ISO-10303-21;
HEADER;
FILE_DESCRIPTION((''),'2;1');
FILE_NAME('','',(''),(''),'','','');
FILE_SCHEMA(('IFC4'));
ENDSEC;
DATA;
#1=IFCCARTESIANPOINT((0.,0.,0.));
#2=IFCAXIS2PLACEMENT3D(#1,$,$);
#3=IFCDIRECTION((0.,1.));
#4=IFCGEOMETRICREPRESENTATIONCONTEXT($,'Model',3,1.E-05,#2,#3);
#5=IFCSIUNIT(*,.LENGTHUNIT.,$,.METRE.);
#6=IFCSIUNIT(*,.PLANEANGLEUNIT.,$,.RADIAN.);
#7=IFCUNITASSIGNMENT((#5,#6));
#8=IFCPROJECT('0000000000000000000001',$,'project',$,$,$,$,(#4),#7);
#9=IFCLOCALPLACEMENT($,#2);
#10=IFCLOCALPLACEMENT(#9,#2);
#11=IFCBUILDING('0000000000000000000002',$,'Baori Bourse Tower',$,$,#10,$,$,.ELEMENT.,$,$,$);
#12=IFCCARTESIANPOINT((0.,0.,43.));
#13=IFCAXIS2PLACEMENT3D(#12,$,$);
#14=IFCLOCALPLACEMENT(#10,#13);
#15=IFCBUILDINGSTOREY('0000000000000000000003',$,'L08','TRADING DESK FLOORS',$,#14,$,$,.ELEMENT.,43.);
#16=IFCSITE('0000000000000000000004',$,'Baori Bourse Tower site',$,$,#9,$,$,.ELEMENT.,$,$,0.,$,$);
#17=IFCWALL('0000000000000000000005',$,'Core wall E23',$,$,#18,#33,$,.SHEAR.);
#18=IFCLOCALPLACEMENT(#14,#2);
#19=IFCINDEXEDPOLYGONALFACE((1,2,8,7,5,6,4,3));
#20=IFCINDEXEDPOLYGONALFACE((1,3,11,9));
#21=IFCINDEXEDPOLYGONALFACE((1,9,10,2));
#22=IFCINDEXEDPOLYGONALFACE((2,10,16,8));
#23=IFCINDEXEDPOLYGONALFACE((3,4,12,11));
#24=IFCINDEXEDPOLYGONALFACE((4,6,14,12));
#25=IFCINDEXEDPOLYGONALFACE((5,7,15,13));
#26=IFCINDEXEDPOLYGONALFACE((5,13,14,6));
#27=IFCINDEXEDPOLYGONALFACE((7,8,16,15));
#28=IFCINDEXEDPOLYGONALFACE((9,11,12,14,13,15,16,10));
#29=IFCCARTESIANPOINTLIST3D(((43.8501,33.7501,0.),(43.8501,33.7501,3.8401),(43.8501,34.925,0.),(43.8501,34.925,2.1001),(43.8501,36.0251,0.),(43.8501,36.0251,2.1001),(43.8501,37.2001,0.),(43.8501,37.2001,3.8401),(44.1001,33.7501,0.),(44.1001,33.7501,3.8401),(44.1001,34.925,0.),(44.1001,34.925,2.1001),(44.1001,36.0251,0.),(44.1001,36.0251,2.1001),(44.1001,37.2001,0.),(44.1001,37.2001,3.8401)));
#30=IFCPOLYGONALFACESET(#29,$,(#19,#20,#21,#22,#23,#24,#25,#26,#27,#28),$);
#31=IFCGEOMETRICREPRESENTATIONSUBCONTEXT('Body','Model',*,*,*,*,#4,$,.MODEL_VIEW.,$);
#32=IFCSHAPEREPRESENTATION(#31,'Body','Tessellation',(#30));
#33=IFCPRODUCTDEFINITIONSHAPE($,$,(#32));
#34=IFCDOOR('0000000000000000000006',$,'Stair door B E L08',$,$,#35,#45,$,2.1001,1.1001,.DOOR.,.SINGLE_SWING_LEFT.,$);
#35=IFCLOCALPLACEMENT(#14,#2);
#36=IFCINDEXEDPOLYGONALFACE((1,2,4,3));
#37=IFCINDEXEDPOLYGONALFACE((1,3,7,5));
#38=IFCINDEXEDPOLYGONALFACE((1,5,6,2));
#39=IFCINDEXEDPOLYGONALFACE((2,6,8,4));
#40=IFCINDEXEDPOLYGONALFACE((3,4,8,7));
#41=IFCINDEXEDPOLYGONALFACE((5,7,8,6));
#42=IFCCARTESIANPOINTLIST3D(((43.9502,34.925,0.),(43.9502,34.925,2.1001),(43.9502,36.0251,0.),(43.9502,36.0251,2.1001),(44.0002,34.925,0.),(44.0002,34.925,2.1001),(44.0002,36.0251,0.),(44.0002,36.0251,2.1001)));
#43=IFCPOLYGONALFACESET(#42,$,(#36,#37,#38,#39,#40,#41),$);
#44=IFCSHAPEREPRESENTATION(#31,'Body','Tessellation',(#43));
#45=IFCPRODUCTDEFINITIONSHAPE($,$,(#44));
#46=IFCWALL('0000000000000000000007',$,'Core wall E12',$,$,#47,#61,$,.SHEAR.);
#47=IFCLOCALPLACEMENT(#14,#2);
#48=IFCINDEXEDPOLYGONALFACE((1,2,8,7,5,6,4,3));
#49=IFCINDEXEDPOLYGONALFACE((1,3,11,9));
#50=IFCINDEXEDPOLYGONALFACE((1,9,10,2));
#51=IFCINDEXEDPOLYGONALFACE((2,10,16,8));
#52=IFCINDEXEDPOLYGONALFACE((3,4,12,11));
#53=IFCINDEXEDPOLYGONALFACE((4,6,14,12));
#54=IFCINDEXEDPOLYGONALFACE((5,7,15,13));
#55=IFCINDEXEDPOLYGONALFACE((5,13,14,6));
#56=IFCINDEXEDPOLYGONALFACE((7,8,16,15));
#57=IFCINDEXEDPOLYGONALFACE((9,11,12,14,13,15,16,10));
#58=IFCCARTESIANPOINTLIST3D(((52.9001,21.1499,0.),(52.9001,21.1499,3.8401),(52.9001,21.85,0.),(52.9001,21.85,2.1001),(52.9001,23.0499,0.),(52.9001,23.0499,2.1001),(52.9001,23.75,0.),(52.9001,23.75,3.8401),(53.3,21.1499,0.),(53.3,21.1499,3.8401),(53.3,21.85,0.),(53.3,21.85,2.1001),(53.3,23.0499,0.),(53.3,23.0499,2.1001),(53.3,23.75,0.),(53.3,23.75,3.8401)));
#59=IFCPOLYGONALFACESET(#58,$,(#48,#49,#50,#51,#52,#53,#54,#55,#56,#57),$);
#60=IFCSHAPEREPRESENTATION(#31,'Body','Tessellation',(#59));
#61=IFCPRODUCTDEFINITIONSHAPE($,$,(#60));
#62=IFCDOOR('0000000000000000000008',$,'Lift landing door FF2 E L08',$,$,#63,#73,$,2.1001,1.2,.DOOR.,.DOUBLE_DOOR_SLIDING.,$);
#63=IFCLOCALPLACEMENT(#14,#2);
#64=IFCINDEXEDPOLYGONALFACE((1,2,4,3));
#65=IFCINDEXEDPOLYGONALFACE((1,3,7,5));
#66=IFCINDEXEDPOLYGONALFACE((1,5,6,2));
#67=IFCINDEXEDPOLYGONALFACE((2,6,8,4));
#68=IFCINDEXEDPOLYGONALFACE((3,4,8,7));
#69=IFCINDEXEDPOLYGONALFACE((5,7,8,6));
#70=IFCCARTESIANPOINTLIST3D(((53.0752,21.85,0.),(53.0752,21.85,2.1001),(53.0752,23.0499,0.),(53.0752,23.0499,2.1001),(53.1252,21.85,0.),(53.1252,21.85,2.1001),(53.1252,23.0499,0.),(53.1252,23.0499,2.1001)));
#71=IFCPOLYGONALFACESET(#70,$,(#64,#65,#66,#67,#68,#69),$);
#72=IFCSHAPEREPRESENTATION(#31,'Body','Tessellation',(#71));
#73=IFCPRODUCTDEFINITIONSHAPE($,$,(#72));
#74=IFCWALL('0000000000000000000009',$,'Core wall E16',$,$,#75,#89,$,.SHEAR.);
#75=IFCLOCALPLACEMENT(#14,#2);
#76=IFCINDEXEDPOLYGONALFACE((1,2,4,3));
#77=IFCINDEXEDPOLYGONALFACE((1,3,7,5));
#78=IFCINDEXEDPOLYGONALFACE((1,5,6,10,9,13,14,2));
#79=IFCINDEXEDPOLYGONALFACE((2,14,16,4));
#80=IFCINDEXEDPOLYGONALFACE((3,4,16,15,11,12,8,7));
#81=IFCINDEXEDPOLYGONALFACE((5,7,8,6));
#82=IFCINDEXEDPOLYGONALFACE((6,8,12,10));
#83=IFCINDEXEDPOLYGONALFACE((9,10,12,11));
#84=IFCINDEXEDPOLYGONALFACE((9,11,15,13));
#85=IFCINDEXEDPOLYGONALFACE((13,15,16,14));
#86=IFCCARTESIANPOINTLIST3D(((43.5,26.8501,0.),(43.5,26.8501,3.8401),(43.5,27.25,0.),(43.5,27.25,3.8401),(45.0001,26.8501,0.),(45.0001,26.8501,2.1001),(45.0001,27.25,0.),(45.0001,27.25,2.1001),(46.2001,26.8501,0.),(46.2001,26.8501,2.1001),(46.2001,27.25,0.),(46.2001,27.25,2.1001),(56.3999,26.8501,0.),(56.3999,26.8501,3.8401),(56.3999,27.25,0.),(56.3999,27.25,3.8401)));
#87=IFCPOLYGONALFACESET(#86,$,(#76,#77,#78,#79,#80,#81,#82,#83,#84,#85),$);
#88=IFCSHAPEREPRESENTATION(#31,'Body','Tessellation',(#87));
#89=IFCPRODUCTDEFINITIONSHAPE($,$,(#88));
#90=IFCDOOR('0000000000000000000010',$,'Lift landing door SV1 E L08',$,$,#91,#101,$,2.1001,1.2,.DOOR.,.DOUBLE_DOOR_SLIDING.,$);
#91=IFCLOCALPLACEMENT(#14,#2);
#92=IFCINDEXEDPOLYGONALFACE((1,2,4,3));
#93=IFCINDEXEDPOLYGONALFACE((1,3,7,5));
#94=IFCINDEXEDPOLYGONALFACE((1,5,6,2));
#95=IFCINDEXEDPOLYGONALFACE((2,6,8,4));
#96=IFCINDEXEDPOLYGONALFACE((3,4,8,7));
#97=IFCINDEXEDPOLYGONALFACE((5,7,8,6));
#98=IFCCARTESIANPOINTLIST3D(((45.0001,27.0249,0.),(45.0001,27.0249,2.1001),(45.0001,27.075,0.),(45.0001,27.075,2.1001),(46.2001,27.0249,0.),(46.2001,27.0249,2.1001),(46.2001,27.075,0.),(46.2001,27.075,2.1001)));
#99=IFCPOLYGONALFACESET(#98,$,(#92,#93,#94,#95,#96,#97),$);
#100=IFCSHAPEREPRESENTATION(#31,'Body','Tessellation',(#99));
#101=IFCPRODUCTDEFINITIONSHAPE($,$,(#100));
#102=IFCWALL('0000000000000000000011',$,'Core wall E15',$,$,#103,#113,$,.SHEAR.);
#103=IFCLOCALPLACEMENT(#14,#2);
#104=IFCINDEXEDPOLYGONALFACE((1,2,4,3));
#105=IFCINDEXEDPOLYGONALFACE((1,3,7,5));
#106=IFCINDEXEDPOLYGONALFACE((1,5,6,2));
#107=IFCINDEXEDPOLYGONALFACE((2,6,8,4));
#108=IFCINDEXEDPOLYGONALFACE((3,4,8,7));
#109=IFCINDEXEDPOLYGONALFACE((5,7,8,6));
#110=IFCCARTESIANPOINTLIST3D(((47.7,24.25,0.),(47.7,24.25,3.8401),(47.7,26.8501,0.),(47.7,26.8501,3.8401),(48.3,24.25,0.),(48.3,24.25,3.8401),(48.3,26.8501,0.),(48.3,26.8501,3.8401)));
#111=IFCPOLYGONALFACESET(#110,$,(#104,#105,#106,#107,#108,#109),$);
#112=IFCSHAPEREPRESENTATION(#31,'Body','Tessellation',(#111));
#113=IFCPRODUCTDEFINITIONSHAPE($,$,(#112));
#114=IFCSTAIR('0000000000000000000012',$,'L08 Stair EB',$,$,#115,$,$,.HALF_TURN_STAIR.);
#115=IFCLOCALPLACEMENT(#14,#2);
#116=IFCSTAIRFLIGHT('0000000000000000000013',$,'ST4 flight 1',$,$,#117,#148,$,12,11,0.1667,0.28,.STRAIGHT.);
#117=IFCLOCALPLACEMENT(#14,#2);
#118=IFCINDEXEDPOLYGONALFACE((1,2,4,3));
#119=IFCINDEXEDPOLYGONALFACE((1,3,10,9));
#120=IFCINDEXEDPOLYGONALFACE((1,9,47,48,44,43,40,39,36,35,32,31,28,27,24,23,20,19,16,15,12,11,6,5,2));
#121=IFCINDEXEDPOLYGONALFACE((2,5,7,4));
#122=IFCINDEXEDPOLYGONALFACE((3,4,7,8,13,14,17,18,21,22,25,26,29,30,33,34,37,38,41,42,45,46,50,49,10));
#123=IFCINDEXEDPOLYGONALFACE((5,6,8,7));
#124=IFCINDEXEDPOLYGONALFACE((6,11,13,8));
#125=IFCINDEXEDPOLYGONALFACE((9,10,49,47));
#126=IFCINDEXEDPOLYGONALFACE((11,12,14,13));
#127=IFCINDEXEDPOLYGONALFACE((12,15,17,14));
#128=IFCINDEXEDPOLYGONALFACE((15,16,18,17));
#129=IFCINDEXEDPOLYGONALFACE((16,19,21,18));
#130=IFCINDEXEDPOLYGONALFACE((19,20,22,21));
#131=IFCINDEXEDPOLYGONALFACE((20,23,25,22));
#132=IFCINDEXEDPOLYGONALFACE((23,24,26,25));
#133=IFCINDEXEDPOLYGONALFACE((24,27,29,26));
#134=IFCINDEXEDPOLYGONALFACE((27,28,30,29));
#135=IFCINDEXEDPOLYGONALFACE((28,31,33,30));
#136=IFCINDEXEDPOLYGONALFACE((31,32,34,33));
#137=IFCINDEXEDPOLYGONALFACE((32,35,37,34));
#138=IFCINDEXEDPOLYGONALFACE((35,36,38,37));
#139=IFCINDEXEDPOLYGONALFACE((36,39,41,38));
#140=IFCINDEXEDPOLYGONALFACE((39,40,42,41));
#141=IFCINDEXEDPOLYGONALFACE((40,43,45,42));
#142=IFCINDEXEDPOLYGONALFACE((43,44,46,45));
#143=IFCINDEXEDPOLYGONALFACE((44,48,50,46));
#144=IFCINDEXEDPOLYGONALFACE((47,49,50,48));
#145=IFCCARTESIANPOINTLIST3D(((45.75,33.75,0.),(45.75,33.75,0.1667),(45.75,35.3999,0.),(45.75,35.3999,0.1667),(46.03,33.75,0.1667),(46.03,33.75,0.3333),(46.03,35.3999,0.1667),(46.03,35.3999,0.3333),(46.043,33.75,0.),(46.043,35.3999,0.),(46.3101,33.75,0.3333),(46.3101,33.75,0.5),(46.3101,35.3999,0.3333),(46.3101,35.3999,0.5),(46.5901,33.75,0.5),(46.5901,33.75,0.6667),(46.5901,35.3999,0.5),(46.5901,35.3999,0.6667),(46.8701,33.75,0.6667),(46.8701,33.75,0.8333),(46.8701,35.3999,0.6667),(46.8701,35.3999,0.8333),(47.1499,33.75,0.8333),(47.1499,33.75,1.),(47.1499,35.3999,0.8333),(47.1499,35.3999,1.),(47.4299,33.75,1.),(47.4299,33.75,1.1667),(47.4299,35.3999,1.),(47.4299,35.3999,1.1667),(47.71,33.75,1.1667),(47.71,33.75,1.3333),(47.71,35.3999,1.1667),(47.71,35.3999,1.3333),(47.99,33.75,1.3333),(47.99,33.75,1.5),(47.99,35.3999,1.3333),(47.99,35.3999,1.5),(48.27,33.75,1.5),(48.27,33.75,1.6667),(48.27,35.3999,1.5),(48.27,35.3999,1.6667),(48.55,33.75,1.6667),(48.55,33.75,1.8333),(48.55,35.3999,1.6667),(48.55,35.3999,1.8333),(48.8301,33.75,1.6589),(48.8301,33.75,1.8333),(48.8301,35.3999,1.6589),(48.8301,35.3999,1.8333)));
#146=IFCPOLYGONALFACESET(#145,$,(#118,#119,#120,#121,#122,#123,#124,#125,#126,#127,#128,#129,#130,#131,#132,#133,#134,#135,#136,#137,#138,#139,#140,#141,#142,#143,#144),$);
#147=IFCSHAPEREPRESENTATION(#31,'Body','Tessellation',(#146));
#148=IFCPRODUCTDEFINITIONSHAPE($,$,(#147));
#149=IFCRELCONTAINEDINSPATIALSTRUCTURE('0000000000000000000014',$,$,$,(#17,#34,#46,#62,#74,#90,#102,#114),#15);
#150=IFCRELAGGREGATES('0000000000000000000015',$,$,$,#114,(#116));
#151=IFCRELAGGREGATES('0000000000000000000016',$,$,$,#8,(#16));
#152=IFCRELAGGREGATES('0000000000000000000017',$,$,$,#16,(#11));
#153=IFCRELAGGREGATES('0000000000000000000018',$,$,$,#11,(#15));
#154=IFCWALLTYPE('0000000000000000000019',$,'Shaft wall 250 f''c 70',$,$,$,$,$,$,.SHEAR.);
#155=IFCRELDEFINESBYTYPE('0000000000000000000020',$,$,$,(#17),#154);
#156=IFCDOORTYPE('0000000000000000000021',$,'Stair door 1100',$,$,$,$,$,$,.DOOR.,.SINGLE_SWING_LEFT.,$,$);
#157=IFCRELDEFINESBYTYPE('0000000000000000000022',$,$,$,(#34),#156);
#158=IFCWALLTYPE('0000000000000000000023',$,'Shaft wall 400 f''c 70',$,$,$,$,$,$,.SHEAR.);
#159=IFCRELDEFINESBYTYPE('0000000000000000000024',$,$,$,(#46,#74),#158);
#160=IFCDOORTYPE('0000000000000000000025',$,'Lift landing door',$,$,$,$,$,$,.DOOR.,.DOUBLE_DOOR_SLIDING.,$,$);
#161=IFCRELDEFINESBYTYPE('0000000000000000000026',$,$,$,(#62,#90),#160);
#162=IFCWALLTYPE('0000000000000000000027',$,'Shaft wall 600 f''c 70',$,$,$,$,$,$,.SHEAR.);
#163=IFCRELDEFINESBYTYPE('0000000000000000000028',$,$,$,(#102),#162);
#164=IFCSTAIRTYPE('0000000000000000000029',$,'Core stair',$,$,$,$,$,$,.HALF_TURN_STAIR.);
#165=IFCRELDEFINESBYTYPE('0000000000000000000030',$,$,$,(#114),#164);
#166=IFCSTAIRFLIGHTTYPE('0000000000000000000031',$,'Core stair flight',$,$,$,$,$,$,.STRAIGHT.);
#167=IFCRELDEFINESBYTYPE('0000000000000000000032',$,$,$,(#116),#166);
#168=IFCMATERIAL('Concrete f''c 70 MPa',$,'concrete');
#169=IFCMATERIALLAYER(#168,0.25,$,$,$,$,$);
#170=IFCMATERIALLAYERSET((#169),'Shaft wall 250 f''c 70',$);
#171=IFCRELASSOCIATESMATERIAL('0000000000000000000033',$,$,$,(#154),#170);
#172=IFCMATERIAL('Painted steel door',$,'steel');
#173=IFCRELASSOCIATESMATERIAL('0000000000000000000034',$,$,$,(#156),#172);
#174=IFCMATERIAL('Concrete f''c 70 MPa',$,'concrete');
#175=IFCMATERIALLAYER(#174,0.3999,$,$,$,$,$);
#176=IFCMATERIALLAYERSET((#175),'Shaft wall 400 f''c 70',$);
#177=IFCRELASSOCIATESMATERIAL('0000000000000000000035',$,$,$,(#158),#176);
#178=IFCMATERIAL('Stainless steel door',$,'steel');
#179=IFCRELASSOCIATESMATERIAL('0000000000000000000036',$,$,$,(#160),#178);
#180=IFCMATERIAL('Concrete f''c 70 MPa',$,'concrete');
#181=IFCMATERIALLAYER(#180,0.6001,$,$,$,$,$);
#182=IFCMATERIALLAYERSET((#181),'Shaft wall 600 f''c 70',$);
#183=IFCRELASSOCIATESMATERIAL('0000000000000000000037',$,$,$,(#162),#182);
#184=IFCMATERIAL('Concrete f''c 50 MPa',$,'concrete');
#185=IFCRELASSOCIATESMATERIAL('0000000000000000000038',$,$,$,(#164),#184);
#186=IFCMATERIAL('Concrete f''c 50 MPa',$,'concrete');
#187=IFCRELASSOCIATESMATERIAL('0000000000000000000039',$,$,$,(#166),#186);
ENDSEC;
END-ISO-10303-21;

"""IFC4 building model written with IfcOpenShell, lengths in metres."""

from ifc_helpers import new_model, si_unit, direction, frame, frame_2d, origin, place, context, subcontext, project, spatial, polyline, rectangle, outline, extrude, material, layer, layer_set, type_object, element, fill, aggregate, save


model = new_model("IFC4")

# Units and contexts
model_context = context("Model", 3, precision=1e-05, world=origin(), true_north=direction((0.0, 1.0)))
body_context = subcontext(model_context, "Body", "Model", "MODEL_VIEW")
ifc_project = project(units=[si_unit("LENGTHUNIT", "METRE"), si_unit("PLANEANGLEUNIT", "RADIAN")], contexts=[model_context])

# Site, building, storey
site_placement = place(None, origin())
site = spatial("IfcSite", under=ifc_project, at=site_placement, Name="Baori Bourse Tower site", CompositionType="ELEMENT", RefElevation=0.0)
building_placement = place(site_placement, origin())
building = spatial("IfcBuilding", under=site, at=building_placement, Name="Baori Bourse Tower", CompositionType="ELEMENT")
storey_placement = place(building_placement, frame((0.0, 0.0, 43.0)))
storey = spatial("IfcBuildingStorey", under=building, at=storey_placement, Name="L08", Description="TRADING DESK FLOORS", CompositionType="ELEMENT", Elevation=43.0)

# Walls, openings, doors
ifc_material_1 = material(Name="Concrete f'c 70 MPa", Category="concrete")
ifc_layer_1 = layer(ifc_material_1, 0.25)
ifc_layer_set_1 = layer_set([ifc_layer_1], Name="Shaft wall 250 f'c 70")
wall_type_1 = type_object("IfcWallType", Name="Shaft wall 250 f'c 70", PredefinedType="SHEAR", material=ifc_layer_set_1)
wall_1_placement = place(storey_placement, frame((43.9751, 33.75, 0.0), z_axis=(0.0, 0.0, 1.0), x_axis=(0.0, 1.0, 0.0)))
wall_1 = element("IfcWall", 1, at=wall_1_placement, inside=storey, type_object=wall_type_1, Name="Core wall E23", PredefinedType="SHEAR", context=body_context, shape_type="SweptSolid", body=[
    extrude(rectangle(XDim=3.45, YDim=0.25, at=frame_2d((1.7251, 0.0))), origin(), (0.0, 0.0, 1.0), 3.8401),
])
opening_1_placement = place(wall_1_placement, frame((1.175, 0.0, 0.0)))
opening_1 = element("IfcOpeningElement", 2, at=opening_1_placement, cuts=wall_1, PredefinedType="OPENING", context=body_context, shape_type="SweptSolid", body=[
    extrude(rectangle(XDim=1.1001, YDim=2.1001, at=frame_2d((0.55, 1.05))), frame((0.0, 0.135, 0.0), z_axis=(0.0, -1.0, 0.0), x_axis=(1.0, 0.0, 0.0)), (0.0, 0.0, 1.0), 0.27),
])
ifc_material_2 = material(Name="Painted steel door", Category="steel")
door_type_1 = type_object("IfcDoorType", Name="Stair door 1100", OperationType="SINGLE_SWING_LEFT", PredefinedType="DOOR", material=ifc_material_2)
door_1_placement = place(opening_1_placement, origin())
door_1 = element("IfcDoor", 3, at=door_1_placement, inside=storey, type_object=door_type_1, Name="Stair door B E L08", OperationType="SINGLE_SWING_LEFT", OverallHeight=2.1001, OverallWidth=1.1001, PredefinedType="DOOR", context=body_context, shape_type="SweptSolid", body=[
    extrude(rectangle(XDim=1.1001, YDim=2.1001, at=frame_2d((0.55, 1.05))), frame((0.0, 0.0249, 0.0), z_axis=(0.0, -1.0, 0.0), x_axis=(1.0, 0.0, 0.0)), (0.0, 0.0, 1.0), 0.05),
])
fill(opening_1, door_1)
ifc_material_3 = material(Name="Concrete f'c 70 MPa", Category="concrete")
ifc_layer_2 = layer(ifc_material_3, 0.3999)
ifc_layer_set_2 = layer_set([ifc_layer_2], Name="Shaft wall 400 f'c 70")
wall_type_2 = type_object("IfcWallType", Name="Shaft wall 400 f'c 70", PredefinedType="SHEAR", material=ifc_layer_set_2)
wall_2_placement = place(storey_placement, frame((53.1001, 21.1499, 0.0), z_axis=(0.0, 0.0, 1.0), x_axis=(0.0, 1.0, 0.0)))
wall_2 = element("IfcWall", 4, at=wall_2_placement, inside=storey, type_object=wall_type_2, Name="Core wall E12", PredefinedType="SHEAR", context=body_context, shape_type="SweptSolid", body=[
    extrude(rectangle(XDim=2.6001, YDim=0.3999, at=frame_2d((1.3, 0.0))), origin(), (0.0, 0.0, 1.0), 3.8401),
])
opening_2_placement = place(wall_2_placement, frame((0.7, 0.0, 0.0)))
opening_2 = element("IfcOpeningElement", 5, at=opening_2_placement, cuts=wall_2, PredefinedType="OPENING", context=body_context, shape_type="SweptSolid", body=[
    extrude(rectangle(XDim=1.2, YDim=2.1001, at=frame_2d((0.6001, 1.05))), frame((0.0, 0.21, 0.0), z_axis=(0.0, -1.0, 0.0), x_axis=(1.0, 0.0, 0.0)), (0.0, 0.0, 1.0), 0.4199),
])
ifc_material_4 = material(Name="Stainless steel door", Category="steel")
door_type_2 = type_object("IfcDoorType", Name="Lift landing door", OperationType="DOUBLE_DOOR_SLIDING", PredefinedType="DOOR", material=ifc_material_4)
door_2_placement = place(opening_2_placement, origin())
door_2 = element("IfcDoor", 6, at=door_2_placement, inside=storey, type_object=door_type_2, Name="Lift landing door FF2 E L08", OperationType="DOUBLE_DOOR_SLIDING", OverallHeight=2.1001, OverallWidth=1.2, PredefinedType="DOOR", context=body_context, shape_type="SweptSolid", body=[
    extrude(rectangle(XDim=1.2, YDim=2.1001, at=frame_2d((0.6001, 1.05))), frame((0.0, 0.0249, 0.0), z_axis=(0.0, -1.0, 0.0), x_axis=(1.0, 0.0, 0.0)), (0.0, 0.0, 1.0), 0.05),
])
fill(opening_2, door_2)
wall_3_placement = place(storey_placement, frame((43.5, 27.05, 0.0), z_axis=(0.0, 0.0, 1.0), x_axis=(1.0, 0.0, 0.0)))
wall_3 = element("IfcWall", 7, at=wall_3_placement, inside=storey, type_object=wall_type_2, Name="Core wall E16", PredefinedType="SHEAR", context=body_context, shape_type="SweptSolid", body=[
    extrude(rectangle(XDim=12.8999, YDim=0.3999, at=frame_2d((6.45, 0.0))), origin(), (0.0, 0.0, 1.0), 3.8401),
])
opening_3_placement = place(wall_3_placement, frame((1.5, 0.0, 0.0)))
opening_3 = element("IfcOpeningElement", 8, at=opening_3_placement, cuts=wall_3, PredefinedType="OPENING", context=body_context, shape_type="SweptSolid", body=[
    extrude(rectangle(XDim=1.2, YDim=2.1001, at=frame_2d((0.6001, 1.05))), frame((0.0, 0.21, 0.0), z_axis=(0.0, -1.0, 0.0), x_axis=(1.0, 0.0, 0.0)), (0.0, 0.0, 1.0), 0.4199),
])
door_3_placement = place(opening_3_placement, origin())
door_3 = element("IfcDoor", 9, at=door_3_placement, inside=storey, type_object=door_type_2, Name="Lift landing door SV1 E L08", OperationType="DOUBLE_DOOR_SLIDING", OverallHeight=2.1001, OverallWidth=1.2, PredefinedType="DOOR", context=body_context, shape_type="SweptSolid", body=[
    extrude(rectangle(XDim=1.2, YDim=2.1001, at=frame_2d((0.6001, 1.05))), frame((0.0, 0.0249, 0.0), z_axis=(0.0, -1.0, 0.0), x_axis=(1.0, 0.0, 0.0)), (0.0, 0.0, 1.0), 0.05),
])
fill(opening_3, door_3)

# Wall
ifc_material_5 = material(Name="Concrete f'c 70 MPa", Category="concrete")
ifc_layer_3 = layer(ifc_material_5, 0.6001)
ifc_layer_set_3 = layer_set([ifc_layer_3], Name="Shaft wall 600 f'c 70")
wall_type_3 = type_object("IfcWallType", Name="Shaft wall 600 f'c 70", PredefinedType="SHEAR", material=ifc_layer_set_3)
wall_4_placement = place(storey_placement, frame((48.0, 24.25, 0.0), z_axis=(0.0, 0.0, 1.0), x_axis=(0.0, 1.0, 0.0)))
element("IfcWall", 10, at=wall_4_placement, inside=storey, type_object=wall_type_3, Name="Core wall E15", PredefinedType="SHEAR", context=body_context, shape_type="SweptSolid", body=[
    extrude(rectangle(XDim=2.6001, YDim=0.6001, at=frame_2d((1.3, 0.0))), origin(), (0.0, 0.0, 1.0), 3.8401),
])

# Stair, stair flight
ifc_material_6 = material(Name="Concrete f'c 50 MPa", Category="concrete")
stair_type = type_object("IfcStairType", Name="Core stair", PredefinedType="HALF_TURN_STAIR", material=ifc_material_6)
stair_placement = place(storey_placement, origin())
stair = element("IfcStair", 11, at=stair_placement, inside=storey, type_object=stair_type, Name="L08 Stair EB", PredefinedType="HALF_TURN_STAIR")
ifc_material_7 = material(Name="Concrete f'c 50 MPa", Category="concrete")
stair_flight_type = type_object("IfcStairFlightType", Name="Core stair flight", PredefinedType="STRAIGHT", material=ifc_material_7)
stair_flight_1_placement = place(storey_placement, frame((45.75, 34.575, 0.0), z_axis=(0.0, 0.0, 1.0), x_axis=(1.0, 0.0, 0.0)))
stair_flight_1 = element("IfcStairFlight", 12, at=stair_flight_1_placement, type_object=stair_flight_type, Name="ST4 flight 1", NumberOfRisers=12, NumberOfTreads=11, PredefinedType="STRAIGHT", RiserHeight=0.1667, TreadLength=0.28, context=body_context, shape_type="SweptSolid", body=[
    extrude(outline(polyline([(0.0, 0.0), (0.0, 0.1667), (0.28, 0.1667), (0.28, 0.3333), (0.5601, 0.3333), (0.5601, 0.5), (0.8401, 0.5), (0.8401, 0.6667), (1.1201, 0.6667), (1.1201, 0.8333), (1.3999, 0.8333), (1.3999, 1.0), (1.6799, 1.0), (1.6799, 1.1667), (1.96, 1.1667), (1.96, 1.3333), (2.24, 1.3333), (2.24, 1.5), (2.52, 1.5), (2.52, 1.6667), (2.8, 1.6667), (2.8, 1.8333), (3.0801, 1.8333), (3.0801, 2.0), (3.0801, 1.6589), (0.293, 0.0), (0.0, 0.0)])), frame((0.0, 0.825, 0.0), z_axis=(0.0, -1.0, 0.0), x_axis=(1.0, 0.0, 0.0)), (0.0, 0.0, 1.0), 1.6499),
])
aggregate(stair, [stair_flight_1])

save(model, "model.ifc")
